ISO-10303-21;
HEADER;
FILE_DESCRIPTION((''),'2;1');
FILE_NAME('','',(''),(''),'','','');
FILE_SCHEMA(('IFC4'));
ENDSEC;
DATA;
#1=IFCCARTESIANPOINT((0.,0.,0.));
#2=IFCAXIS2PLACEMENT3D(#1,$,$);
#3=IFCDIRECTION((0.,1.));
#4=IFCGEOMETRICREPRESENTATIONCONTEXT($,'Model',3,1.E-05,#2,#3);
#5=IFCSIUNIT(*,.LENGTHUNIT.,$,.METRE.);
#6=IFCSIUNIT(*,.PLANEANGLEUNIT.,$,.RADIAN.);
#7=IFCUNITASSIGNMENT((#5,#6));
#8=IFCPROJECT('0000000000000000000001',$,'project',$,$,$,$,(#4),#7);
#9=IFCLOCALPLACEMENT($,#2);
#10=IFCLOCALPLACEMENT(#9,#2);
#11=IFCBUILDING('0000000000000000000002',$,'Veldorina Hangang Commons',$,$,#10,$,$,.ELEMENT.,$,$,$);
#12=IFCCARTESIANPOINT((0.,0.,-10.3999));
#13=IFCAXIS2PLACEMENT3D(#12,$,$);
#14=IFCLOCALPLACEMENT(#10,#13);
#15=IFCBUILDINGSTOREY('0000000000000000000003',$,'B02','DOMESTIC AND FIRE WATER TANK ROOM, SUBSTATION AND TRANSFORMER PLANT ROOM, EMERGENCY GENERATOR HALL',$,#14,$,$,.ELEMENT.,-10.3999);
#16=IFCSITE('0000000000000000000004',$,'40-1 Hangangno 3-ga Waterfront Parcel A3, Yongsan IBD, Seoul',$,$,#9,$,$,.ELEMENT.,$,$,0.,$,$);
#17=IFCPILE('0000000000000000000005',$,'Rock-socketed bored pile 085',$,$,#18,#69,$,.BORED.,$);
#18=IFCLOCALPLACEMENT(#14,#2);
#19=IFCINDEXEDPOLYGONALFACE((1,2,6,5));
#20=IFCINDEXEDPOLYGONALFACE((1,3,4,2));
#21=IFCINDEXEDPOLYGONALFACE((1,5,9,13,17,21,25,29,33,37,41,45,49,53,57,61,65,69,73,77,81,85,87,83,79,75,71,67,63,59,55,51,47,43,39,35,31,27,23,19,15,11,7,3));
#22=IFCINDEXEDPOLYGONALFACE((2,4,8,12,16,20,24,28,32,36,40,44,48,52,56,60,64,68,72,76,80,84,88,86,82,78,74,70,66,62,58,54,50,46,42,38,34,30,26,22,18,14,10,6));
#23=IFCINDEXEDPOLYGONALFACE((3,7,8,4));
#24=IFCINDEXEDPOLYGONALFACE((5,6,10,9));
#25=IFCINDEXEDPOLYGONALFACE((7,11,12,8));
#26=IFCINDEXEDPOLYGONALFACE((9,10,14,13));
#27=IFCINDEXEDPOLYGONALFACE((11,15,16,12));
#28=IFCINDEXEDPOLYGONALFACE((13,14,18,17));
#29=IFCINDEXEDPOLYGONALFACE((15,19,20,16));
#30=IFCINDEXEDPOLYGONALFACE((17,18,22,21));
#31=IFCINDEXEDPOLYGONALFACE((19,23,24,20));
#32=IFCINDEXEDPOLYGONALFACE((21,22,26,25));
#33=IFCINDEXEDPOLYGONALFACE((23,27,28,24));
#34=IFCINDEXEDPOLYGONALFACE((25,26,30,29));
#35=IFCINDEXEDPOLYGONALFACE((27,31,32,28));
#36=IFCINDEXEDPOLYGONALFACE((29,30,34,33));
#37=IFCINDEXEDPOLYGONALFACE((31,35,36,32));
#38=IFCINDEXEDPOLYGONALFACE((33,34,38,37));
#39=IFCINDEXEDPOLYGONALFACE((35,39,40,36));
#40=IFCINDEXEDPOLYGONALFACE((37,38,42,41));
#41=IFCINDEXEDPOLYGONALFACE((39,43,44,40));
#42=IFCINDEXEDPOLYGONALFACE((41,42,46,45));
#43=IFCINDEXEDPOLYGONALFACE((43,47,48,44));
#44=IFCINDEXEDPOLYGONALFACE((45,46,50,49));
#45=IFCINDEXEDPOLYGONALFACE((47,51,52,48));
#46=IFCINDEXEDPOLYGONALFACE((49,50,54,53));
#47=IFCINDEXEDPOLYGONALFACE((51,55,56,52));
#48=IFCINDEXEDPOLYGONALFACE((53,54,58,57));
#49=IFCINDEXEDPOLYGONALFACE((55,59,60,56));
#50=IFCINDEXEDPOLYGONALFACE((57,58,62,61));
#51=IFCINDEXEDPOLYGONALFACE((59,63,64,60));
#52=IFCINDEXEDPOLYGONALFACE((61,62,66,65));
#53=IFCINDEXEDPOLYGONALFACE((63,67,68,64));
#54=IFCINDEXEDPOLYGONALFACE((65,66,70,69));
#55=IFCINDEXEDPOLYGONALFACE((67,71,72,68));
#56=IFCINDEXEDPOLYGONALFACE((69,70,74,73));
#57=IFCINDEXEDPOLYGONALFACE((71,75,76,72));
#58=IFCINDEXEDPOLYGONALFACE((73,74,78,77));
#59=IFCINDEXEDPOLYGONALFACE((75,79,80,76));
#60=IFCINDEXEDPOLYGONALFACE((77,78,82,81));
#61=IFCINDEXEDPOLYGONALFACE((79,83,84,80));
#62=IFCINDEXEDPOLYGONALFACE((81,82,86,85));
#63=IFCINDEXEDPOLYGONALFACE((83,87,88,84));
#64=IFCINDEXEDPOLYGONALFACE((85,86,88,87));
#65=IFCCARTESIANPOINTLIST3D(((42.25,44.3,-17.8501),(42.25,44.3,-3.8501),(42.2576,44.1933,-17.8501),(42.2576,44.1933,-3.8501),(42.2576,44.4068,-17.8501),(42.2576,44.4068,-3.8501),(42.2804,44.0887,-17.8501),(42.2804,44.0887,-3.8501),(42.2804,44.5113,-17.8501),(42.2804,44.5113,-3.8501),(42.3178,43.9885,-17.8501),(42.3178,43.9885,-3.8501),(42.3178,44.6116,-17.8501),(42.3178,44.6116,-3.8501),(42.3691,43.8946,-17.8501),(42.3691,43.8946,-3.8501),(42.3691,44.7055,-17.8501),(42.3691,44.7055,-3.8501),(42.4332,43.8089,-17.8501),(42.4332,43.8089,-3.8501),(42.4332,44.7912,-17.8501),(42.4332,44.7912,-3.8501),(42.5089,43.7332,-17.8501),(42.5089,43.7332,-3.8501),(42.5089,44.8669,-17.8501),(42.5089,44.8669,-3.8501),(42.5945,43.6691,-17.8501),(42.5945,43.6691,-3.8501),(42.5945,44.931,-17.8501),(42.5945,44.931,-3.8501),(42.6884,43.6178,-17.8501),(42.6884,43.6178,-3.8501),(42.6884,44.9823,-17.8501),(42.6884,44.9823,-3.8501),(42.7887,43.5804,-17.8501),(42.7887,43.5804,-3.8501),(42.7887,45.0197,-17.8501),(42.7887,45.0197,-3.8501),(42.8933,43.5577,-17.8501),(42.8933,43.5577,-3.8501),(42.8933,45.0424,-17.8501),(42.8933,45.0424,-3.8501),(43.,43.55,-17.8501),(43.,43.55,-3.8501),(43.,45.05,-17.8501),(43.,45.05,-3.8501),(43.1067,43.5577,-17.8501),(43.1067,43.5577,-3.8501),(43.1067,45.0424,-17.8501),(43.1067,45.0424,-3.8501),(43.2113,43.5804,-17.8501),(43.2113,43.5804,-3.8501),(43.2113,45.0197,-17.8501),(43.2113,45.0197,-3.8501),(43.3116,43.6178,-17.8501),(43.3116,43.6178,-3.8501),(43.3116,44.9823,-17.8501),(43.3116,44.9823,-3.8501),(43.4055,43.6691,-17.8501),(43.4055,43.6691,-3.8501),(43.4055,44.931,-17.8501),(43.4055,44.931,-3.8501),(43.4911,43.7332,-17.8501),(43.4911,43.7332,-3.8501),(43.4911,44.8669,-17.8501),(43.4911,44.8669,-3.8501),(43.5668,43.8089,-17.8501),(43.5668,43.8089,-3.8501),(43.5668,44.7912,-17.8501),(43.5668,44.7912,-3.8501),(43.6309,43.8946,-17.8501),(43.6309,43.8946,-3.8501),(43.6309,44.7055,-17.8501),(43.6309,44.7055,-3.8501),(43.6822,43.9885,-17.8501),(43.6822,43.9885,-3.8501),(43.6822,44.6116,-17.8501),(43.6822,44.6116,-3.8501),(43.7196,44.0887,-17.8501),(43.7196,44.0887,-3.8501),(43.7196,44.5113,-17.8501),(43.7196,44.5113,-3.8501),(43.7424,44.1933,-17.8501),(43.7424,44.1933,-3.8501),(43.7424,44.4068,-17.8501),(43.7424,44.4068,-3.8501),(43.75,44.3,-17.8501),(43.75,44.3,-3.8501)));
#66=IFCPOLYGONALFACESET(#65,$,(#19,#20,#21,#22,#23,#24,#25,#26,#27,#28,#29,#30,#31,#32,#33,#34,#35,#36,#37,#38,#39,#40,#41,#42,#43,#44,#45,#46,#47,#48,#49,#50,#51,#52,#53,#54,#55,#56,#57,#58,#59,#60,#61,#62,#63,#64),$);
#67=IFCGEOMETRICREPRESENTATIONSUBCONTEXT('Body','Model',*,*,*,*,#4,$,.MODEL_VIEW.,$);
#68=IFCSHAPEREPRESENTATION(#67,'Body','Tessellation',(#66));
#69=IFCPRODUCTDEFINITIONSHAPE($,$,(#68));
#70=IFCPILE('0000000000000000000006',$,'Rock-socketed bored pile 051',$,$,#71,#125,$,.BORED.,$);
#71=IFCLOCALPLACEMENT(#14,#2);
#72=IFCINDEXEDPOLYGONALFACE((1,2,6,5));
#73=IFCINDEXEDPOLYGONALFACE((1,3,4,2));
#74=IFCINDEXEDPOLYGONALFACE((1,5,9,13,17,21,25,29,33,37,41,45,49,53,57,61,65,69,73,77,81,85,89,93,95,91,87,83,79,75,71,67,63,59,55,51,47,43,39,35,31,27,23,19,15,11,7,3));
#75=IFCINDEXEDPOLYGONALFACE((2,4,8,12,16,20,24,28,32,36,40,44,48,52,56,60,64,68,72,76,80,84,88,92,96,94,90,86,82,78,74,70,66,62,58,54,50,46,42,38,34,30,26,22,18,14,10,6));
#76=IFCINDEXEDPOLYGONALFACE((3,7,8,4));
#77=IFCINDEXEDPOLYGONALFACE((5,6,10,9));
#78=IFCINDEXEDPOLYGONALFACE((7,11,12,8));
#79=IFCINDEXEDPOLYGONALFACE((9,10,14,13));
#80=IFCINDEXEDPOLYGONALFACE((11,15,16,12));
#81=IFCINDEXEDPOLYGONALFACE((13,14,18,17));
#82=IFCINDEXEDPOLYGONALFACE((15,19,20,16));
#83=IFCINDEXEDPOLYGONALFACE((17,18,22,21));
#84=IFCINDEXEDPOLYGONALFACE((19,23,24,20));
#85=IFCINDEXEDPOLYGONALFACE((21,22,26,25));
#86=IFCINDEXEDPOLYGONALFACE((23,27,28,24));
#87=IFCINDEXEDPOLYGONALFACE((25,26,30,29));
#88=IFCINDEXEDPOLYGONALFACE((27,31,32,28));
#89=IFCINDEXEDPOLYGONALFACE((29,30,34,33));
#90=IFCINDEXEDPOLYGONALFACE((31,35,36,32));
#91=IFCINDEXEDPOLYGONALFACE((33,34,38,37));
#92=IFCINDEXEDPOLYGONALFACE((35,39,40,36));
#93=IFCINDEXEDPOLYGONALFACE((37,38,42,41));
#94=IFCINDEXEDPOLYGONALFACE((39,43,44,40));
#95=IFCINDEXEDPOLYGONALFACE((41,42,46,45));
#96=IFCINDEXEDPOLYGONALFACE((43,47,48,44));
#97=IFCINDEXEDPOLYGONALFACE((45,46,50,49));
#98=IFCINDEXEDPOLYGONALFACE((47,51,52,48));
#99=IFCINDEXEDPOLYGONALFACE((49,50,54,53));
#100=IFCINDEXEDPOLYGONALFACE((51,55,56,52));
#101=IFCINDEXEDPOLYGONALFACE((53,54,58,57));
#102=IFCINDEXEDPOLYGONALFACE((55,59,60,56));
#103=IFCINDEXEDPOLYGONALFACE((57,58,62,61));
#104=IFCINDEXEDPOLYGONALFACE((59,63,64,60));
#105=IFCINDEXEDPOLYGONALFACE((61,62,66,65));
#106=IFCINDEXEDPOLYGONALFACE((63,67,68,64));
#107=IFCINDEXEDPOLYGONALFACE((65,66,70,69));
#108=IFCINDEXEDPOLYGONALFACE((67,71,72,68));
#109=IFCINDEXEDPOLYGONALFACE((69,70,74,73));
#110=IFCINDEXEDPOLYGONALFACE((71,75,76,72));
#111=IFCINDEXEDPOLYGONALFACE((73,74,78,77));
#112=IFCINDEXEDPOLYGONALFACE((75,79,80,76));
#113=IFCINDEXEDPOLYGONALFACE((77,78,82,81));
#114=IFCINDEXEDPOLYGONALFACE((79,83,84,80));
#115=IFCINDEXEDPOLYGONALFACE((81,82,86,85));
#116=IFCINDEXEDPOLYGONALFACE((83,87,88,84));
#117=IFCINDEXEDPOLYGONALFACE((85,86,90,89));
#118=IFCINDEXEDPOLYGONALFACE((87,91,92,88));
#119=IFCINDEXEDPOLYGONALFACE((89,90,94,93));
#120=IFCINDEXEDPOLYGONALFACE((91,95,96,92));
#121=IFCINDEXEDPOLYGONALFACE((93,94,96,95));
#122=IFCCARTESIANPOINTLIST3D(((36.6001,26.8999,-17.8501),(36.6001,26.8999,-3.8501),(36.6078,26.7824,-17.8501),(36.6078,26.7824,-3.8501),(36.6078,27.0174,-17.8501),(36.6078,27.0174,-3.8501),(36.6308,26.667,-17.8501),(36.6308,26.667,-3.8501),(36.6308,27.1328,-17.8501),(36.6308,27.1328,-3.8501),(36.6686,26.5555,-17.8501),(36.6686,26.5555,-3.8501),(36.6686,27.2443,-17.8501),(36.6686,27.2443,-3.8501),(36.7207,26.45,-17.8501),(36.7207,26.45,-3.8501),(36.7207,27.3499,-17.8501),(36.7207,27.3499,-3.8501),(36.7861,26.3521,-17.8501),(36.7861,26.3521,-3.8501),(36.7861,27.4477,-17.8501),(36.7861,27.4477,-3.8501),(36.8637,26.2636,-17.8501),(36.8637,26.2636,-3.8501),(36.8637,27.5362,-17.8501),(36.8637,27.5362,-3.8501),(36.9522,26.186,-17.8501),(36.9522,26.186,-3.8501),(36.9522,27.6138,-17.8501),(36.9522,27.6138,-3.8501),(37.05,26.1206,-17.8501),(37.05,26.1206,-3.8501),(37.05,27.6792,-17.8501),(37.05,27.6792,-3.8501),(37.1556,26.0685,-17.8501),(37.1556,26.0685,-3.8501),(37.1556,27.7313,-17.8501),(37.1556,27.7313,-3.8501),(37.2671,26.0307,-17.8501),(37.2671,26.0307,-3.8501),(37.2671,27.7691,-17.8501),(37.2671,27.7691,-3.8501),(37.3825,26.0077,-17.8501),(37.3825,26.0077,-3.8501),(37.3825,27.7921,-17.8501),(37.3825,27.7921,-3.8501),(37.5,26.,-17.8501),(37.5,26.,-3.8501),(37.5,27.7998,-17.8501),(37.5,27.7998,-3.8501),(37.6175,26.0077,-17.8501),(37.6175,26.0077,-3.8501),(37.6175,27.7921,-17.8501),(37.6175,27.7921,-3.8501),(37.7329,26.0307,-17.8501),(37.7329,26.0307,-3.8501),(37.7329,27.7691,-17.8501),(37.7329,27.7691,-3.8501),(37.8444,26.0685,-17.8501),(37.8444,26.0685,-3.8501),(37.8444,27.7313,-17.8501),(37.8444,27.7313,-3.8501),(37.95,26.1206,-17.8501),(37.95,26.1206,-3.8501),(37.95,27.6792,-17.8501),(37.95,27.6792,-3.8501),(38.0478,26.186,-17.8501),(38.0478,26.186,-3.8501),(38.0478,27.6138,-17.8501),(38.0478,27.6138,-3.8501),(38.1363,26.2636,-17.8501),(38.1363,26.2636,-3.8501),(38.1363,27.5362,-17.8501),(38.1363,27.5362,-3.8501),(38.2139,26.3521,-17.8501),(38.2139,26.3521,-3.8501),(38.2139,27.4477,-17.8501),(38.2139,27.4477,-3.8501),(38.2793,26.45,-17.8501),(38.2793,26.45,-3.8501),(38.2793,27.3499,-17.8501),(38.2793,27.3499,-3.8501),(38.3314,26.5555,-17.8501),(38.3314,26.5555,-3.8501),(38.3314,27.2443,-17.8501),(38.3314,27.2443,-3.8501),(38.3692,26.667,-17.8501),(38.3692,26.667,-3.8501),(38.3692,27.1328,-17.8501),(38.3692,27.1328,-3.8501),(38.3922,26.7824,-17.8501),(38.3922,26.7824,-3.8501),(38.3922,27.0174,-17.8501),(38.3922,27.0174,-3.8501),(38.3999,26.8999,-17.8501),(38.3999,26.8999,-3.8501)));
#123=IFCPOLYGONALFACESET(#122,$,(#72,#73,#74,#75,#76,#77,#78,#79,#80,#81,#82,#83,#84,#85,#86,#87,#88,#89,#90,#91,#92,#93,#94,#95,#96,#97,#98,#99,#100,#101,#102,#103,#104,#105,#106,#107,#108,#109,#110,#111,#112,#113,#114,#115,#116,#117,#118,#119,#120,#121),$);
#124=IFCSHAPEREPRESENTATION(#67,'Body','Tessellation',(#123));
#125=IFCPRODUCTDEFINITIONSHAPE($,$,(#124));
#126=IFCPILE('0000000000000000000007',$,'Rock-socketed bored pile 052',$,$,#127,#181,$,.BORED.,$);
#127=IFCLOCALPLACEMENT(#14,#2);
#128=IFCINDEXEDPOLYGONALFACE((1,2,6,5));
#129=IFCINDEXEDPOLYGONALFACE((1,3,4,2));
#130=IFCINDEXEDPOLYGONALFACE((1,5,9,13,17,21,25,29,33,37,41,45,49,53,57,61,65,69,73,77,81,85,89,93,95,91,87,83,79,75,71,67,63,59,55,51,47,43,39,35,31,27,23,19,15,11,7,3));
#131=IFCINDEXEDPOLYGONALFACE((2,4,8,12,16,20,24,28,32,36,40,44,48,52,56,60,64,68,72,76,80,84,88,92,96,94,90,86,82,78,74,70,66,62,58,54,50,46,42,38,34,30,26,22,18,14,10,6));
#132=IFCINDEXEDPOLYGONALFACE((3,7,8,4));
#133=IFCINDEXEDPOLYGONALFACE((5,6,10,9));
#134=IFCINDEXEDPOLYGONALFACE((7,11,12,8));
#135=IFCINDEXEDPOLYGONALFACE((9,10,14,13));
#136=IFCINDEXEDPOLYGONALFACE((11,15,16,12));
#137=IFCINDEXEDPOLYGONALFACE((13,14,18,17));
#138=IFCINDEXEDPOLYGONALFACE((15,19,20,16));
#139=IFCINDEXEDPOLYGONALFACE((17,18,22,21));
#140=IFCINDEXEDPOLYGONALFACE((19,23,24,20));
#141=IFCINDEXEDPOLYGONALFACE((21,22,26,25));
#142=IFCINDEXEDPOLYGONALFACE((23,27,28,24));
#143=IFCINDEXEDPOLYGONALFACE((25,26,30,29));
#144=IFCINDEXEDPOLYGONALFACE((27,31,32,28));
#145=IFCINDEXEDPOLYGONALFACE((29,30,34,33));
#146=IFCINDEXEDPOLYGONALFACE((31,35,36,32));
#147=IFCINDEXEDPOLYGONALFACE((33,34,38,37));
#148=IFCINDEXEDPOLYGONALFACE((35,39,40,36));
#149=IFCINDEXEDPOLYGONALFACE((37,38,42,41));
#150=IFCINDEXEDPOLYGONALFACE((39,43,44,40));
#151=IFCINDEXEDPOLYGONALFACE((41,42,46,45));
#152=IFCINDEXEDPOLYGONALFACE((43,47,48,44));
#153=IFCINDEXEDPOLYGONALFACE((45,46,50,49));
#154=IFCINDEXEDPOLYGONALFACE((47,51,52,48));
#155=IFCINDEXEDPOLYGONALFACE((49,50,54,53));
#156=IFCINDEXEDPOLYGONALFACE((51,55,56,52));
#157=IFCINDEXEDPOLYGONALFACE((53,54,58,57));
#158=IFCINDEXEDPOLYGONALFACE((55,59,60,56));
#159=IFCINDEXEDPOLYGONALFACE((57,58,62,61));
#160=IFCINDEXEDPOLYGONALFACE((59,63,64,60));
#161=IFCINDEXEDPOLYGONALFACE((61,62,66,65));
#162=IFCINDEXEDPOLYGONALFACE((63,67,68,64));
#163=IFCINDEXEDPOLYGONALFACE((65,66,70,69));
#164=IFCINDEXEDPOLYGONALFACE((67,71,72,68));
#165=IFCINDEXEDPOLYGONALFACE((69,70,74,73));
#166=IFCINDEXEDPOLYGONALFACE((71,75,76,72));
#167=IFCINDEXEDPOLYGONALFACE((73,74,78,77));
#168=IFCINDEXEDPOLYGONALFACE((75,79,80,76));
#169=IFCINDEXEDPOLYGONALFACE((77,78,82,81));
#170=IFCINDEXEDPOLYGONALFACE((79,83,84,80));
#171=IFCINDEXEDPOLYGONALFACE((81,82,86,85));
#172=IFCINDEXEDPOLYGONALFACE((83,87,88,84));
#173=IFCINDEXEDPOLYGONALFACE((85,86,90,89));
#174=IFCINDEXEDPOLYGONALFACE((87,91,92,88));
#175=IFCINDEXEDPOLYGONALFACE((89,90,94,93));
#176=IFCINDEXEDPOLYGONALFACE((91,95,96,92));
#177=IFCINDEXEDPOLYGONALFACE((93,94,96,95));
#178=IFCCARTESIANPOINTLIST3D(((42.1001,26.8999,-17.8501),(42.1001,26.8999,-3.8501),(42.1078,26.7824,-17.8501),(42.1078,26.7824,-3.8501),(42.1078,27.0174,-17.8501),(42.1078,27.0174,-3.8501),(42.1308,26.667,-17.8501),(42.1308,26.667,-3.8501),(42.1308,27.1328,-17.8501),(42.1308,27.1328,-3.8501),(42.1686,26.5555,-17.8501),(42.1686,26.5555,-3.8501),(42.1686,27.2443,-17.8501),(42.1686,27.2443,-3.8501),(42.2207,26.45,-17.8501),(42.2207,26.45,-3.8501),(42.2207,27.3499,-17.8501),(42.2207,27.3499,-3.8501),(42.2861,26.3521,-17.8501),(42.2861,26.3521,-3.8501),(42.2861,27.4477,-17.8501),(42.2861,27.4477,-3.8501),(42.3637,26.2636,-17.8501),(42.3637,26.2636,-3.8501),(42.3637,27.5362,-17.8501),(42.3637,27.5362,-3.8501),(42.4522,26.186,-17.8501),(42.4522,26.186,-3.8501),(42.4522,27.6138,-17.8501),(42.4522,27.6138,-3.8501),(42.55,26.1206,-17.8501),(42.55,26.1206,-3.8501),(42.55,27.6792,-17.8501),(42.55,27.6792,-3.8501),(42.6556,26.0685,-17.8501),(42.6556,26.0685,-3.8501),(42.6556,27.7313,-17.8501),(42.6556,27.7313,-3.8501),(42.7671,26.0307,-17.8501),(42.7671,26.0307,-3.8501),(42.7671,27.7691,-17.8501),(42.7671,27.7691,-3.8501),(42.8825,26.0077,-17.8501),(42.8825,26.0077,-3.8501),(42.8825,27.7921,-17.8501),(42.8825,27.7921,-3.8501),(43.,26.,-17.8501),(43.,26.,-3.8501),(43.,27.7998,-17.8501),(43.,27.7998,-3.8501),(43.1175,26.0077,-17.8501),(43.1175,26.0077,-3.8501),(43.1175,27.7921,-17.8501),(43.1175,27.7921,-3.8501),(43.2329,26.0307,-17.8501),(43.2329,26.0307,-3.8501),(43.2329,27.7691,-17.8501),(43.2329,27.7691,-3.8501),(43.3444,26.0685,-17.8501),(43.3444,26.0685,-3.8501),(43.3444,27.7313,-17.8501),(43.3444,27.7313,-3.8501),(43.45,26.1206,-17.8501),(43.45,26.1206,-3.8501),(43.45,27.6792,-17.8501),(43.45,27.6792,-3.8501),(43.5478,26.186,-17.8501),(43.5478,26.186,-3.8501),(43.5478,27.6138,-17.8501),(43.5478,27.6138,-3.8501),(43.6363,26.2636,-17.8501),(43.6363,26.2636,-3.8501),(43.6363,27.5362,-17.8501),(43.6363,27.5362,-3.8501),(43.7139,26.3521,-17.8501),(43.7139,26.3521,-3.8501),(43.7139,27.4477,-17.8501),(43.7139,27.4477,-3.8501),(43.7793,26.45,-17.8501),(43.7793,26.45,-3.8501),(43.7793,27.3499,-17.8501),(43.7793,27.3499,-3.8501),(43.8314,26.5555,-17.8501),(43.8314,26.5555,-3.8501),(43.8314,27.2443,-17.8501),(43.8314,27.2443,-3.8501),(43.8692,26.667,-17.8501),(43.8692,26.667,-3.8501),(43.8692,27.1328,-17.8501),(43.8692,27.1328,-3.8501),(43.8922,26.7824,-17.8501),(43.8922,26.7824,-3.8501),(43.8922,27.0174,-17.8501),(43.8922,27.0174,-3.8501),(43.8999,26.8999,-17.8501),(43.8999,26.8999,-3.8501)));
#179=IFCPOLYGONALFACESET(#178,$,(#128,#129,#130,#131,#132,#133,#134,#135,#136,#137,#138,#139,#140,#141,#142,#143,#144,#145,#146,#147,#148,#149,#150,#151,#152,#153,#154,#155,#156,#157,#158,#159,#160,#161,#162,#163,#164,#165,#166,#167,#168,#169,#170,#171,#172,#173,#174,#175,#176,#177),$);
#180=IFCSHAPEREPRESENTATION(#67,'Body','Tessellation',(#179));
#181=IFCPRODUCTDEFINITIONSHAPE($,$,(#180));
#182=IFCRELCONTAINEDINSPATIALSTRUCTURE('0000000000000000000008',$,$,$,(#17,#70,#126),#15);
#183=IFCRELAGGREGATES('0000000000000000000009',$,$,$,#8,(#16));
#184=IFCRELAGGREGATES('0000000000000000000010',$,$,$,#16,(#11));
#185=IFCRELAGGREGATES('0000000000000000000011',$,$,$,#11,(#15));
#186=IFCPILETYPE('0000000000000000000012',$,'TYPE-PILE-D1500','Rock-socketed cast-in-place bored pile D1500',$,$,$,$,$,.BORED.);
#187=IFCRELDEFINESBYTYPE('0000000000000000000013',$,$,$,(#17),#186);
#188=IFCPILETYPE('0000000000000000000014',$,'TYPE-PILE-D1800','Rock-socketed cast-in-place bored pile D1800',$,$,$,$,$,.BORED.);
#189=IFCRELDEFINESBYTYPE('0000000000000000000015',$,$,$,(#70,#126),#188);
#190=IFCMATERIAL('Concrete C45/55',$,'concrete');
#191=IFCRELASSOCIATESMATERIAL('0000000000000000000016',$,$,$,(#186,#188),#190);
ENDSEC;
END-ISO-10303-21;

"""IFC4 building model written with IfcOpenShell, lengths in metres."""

from ifc_helpers import new_model, si_unit, direction, frame, origin, origin_2d, place, context, subcontext, project, spatial, circle, extrude, material, material_profile, profile_set, type_object, element, save


model = new_model("IFC4")

# Units and contexts
model_context = context("Model", 3, precision=1e-05, world=origin(), true_north=direction((0.0, 1.0)))
body_context = subcontext(model_context, "Body", "Model", "MODEL_VIEW")
ifc_project = project(units=[si_unit("LENGTHUNIT", "METRE"), si_unit("PLANEANGLEUNIT", "RADIAN")], contexts=[model_context])

# Site, building, storey
site_placement = place(None, origin())
site = spatial("IfcSite", under=ifc_project, at=site_placement, Name="40-1 Hangangno 3-ga Waterfront Parcel A3, Yongsan IBD, Seoul", CompositionType="ELEMENT", RefElevation=0.0)
building_placement = place(site_placement, origin())
building = spatial("IfcBuilding", under=site, at=building_placement, Name="Veldorina Hangang Commons", CompositionType="ELEMENT")
storey_placement = place(building_placement, frame((0.0, 0.0, -10.3999)))
storey = spatial("IfcBuildingStorey", under=building, at=storey_placement, Name="B02", Description="DOMESTIC AND FIRE WATER TANK ROOM, SUBSTATION AND TRANSFORMER PLANT ROOM, EMERGENCY GENERATOR HALL", CompositionType="ELEMENT", Elevation=-10.3999)

# Piles
ifc_material_1 = material(Name="Concrete C45/55", Category="concrete")
ifc_material_profile_1 = material_profile(ifc_material_1, circle(Radius=0.75, at=origin_2d()), Name="PILE-D1500")
ifc_profile_set_1 = profile_set([ifc_material_profile_1], Name="Concrete C45/55")
pile_type_1 = type_object("IfcPileType", Name="TYPE-PILE-D1500", Description="Rock-socketed cast-in-place bored pile D1500", PredefinedType="BORED", material=ifc_profile_set_1)
pile_placement = place(storey_placement, frame((43.0, 44.3, -3.8501), z_axis=(0.0, 0.0, -1.0), x_axis=(1.0, 0.0, 0.0)))
element("IfcPile", 1, at=pile_placement, inside=storey, type_object=pile_type_1, Name="Rock-socketed bored pile 085", PredefinedType="BORED", context=body_context, shape_type="SweptSolid", body=[
    extrude(circle(Radius=0.75, at=origin_2d()), origin(), (0.0, 0.0, 1.0), 14.0),
])
ifc_material_profile_2 = material_profile(ifc_material_1, circle(Radius=0.8999, at=origin_2d()), Name="PILE-D1800")
ifc_profile_set_2 = profile_set([ifc_material_profile_2], Name="Concrete C45/55")
pile_type_2 = type_object("IfcPileType", Name="TYPE-PILE-D1800", Description="Rock-socketed cast-in-place bored pile D1800", PredefinedType="BORED", material=ifc_profile_set_2)
for number, where, z_axis, x_axis, name in (
    (2, (37.5, 26.8999, -3.8501), (0.0, 0.0, -1.0), (1.0, 0.0, 0.0), "Rock-socketed bored pile 051"),
    (3, (43.0, 26.8999, -3.8501), (0.0, 0.0, -1.0), (1.0, 0.0, 0.0), "Rock-socketed bored pile 052"),
):
    element("IfcPile", number, at=place(storey_placement, frame(where, z_axis=z_axis, x_axis=x_axis)), inside=storey, type_object=pile_type_2, Name=name, PredefinedType="BORED", context=body_context, shape_type="SweptSolid", body=[
        extrude(circle(Radius=0.8999, at=origin_2d()), origin(), (0.0, 0.0, 1.0), 14.0),
    ])

save(model, "model.ifc")
